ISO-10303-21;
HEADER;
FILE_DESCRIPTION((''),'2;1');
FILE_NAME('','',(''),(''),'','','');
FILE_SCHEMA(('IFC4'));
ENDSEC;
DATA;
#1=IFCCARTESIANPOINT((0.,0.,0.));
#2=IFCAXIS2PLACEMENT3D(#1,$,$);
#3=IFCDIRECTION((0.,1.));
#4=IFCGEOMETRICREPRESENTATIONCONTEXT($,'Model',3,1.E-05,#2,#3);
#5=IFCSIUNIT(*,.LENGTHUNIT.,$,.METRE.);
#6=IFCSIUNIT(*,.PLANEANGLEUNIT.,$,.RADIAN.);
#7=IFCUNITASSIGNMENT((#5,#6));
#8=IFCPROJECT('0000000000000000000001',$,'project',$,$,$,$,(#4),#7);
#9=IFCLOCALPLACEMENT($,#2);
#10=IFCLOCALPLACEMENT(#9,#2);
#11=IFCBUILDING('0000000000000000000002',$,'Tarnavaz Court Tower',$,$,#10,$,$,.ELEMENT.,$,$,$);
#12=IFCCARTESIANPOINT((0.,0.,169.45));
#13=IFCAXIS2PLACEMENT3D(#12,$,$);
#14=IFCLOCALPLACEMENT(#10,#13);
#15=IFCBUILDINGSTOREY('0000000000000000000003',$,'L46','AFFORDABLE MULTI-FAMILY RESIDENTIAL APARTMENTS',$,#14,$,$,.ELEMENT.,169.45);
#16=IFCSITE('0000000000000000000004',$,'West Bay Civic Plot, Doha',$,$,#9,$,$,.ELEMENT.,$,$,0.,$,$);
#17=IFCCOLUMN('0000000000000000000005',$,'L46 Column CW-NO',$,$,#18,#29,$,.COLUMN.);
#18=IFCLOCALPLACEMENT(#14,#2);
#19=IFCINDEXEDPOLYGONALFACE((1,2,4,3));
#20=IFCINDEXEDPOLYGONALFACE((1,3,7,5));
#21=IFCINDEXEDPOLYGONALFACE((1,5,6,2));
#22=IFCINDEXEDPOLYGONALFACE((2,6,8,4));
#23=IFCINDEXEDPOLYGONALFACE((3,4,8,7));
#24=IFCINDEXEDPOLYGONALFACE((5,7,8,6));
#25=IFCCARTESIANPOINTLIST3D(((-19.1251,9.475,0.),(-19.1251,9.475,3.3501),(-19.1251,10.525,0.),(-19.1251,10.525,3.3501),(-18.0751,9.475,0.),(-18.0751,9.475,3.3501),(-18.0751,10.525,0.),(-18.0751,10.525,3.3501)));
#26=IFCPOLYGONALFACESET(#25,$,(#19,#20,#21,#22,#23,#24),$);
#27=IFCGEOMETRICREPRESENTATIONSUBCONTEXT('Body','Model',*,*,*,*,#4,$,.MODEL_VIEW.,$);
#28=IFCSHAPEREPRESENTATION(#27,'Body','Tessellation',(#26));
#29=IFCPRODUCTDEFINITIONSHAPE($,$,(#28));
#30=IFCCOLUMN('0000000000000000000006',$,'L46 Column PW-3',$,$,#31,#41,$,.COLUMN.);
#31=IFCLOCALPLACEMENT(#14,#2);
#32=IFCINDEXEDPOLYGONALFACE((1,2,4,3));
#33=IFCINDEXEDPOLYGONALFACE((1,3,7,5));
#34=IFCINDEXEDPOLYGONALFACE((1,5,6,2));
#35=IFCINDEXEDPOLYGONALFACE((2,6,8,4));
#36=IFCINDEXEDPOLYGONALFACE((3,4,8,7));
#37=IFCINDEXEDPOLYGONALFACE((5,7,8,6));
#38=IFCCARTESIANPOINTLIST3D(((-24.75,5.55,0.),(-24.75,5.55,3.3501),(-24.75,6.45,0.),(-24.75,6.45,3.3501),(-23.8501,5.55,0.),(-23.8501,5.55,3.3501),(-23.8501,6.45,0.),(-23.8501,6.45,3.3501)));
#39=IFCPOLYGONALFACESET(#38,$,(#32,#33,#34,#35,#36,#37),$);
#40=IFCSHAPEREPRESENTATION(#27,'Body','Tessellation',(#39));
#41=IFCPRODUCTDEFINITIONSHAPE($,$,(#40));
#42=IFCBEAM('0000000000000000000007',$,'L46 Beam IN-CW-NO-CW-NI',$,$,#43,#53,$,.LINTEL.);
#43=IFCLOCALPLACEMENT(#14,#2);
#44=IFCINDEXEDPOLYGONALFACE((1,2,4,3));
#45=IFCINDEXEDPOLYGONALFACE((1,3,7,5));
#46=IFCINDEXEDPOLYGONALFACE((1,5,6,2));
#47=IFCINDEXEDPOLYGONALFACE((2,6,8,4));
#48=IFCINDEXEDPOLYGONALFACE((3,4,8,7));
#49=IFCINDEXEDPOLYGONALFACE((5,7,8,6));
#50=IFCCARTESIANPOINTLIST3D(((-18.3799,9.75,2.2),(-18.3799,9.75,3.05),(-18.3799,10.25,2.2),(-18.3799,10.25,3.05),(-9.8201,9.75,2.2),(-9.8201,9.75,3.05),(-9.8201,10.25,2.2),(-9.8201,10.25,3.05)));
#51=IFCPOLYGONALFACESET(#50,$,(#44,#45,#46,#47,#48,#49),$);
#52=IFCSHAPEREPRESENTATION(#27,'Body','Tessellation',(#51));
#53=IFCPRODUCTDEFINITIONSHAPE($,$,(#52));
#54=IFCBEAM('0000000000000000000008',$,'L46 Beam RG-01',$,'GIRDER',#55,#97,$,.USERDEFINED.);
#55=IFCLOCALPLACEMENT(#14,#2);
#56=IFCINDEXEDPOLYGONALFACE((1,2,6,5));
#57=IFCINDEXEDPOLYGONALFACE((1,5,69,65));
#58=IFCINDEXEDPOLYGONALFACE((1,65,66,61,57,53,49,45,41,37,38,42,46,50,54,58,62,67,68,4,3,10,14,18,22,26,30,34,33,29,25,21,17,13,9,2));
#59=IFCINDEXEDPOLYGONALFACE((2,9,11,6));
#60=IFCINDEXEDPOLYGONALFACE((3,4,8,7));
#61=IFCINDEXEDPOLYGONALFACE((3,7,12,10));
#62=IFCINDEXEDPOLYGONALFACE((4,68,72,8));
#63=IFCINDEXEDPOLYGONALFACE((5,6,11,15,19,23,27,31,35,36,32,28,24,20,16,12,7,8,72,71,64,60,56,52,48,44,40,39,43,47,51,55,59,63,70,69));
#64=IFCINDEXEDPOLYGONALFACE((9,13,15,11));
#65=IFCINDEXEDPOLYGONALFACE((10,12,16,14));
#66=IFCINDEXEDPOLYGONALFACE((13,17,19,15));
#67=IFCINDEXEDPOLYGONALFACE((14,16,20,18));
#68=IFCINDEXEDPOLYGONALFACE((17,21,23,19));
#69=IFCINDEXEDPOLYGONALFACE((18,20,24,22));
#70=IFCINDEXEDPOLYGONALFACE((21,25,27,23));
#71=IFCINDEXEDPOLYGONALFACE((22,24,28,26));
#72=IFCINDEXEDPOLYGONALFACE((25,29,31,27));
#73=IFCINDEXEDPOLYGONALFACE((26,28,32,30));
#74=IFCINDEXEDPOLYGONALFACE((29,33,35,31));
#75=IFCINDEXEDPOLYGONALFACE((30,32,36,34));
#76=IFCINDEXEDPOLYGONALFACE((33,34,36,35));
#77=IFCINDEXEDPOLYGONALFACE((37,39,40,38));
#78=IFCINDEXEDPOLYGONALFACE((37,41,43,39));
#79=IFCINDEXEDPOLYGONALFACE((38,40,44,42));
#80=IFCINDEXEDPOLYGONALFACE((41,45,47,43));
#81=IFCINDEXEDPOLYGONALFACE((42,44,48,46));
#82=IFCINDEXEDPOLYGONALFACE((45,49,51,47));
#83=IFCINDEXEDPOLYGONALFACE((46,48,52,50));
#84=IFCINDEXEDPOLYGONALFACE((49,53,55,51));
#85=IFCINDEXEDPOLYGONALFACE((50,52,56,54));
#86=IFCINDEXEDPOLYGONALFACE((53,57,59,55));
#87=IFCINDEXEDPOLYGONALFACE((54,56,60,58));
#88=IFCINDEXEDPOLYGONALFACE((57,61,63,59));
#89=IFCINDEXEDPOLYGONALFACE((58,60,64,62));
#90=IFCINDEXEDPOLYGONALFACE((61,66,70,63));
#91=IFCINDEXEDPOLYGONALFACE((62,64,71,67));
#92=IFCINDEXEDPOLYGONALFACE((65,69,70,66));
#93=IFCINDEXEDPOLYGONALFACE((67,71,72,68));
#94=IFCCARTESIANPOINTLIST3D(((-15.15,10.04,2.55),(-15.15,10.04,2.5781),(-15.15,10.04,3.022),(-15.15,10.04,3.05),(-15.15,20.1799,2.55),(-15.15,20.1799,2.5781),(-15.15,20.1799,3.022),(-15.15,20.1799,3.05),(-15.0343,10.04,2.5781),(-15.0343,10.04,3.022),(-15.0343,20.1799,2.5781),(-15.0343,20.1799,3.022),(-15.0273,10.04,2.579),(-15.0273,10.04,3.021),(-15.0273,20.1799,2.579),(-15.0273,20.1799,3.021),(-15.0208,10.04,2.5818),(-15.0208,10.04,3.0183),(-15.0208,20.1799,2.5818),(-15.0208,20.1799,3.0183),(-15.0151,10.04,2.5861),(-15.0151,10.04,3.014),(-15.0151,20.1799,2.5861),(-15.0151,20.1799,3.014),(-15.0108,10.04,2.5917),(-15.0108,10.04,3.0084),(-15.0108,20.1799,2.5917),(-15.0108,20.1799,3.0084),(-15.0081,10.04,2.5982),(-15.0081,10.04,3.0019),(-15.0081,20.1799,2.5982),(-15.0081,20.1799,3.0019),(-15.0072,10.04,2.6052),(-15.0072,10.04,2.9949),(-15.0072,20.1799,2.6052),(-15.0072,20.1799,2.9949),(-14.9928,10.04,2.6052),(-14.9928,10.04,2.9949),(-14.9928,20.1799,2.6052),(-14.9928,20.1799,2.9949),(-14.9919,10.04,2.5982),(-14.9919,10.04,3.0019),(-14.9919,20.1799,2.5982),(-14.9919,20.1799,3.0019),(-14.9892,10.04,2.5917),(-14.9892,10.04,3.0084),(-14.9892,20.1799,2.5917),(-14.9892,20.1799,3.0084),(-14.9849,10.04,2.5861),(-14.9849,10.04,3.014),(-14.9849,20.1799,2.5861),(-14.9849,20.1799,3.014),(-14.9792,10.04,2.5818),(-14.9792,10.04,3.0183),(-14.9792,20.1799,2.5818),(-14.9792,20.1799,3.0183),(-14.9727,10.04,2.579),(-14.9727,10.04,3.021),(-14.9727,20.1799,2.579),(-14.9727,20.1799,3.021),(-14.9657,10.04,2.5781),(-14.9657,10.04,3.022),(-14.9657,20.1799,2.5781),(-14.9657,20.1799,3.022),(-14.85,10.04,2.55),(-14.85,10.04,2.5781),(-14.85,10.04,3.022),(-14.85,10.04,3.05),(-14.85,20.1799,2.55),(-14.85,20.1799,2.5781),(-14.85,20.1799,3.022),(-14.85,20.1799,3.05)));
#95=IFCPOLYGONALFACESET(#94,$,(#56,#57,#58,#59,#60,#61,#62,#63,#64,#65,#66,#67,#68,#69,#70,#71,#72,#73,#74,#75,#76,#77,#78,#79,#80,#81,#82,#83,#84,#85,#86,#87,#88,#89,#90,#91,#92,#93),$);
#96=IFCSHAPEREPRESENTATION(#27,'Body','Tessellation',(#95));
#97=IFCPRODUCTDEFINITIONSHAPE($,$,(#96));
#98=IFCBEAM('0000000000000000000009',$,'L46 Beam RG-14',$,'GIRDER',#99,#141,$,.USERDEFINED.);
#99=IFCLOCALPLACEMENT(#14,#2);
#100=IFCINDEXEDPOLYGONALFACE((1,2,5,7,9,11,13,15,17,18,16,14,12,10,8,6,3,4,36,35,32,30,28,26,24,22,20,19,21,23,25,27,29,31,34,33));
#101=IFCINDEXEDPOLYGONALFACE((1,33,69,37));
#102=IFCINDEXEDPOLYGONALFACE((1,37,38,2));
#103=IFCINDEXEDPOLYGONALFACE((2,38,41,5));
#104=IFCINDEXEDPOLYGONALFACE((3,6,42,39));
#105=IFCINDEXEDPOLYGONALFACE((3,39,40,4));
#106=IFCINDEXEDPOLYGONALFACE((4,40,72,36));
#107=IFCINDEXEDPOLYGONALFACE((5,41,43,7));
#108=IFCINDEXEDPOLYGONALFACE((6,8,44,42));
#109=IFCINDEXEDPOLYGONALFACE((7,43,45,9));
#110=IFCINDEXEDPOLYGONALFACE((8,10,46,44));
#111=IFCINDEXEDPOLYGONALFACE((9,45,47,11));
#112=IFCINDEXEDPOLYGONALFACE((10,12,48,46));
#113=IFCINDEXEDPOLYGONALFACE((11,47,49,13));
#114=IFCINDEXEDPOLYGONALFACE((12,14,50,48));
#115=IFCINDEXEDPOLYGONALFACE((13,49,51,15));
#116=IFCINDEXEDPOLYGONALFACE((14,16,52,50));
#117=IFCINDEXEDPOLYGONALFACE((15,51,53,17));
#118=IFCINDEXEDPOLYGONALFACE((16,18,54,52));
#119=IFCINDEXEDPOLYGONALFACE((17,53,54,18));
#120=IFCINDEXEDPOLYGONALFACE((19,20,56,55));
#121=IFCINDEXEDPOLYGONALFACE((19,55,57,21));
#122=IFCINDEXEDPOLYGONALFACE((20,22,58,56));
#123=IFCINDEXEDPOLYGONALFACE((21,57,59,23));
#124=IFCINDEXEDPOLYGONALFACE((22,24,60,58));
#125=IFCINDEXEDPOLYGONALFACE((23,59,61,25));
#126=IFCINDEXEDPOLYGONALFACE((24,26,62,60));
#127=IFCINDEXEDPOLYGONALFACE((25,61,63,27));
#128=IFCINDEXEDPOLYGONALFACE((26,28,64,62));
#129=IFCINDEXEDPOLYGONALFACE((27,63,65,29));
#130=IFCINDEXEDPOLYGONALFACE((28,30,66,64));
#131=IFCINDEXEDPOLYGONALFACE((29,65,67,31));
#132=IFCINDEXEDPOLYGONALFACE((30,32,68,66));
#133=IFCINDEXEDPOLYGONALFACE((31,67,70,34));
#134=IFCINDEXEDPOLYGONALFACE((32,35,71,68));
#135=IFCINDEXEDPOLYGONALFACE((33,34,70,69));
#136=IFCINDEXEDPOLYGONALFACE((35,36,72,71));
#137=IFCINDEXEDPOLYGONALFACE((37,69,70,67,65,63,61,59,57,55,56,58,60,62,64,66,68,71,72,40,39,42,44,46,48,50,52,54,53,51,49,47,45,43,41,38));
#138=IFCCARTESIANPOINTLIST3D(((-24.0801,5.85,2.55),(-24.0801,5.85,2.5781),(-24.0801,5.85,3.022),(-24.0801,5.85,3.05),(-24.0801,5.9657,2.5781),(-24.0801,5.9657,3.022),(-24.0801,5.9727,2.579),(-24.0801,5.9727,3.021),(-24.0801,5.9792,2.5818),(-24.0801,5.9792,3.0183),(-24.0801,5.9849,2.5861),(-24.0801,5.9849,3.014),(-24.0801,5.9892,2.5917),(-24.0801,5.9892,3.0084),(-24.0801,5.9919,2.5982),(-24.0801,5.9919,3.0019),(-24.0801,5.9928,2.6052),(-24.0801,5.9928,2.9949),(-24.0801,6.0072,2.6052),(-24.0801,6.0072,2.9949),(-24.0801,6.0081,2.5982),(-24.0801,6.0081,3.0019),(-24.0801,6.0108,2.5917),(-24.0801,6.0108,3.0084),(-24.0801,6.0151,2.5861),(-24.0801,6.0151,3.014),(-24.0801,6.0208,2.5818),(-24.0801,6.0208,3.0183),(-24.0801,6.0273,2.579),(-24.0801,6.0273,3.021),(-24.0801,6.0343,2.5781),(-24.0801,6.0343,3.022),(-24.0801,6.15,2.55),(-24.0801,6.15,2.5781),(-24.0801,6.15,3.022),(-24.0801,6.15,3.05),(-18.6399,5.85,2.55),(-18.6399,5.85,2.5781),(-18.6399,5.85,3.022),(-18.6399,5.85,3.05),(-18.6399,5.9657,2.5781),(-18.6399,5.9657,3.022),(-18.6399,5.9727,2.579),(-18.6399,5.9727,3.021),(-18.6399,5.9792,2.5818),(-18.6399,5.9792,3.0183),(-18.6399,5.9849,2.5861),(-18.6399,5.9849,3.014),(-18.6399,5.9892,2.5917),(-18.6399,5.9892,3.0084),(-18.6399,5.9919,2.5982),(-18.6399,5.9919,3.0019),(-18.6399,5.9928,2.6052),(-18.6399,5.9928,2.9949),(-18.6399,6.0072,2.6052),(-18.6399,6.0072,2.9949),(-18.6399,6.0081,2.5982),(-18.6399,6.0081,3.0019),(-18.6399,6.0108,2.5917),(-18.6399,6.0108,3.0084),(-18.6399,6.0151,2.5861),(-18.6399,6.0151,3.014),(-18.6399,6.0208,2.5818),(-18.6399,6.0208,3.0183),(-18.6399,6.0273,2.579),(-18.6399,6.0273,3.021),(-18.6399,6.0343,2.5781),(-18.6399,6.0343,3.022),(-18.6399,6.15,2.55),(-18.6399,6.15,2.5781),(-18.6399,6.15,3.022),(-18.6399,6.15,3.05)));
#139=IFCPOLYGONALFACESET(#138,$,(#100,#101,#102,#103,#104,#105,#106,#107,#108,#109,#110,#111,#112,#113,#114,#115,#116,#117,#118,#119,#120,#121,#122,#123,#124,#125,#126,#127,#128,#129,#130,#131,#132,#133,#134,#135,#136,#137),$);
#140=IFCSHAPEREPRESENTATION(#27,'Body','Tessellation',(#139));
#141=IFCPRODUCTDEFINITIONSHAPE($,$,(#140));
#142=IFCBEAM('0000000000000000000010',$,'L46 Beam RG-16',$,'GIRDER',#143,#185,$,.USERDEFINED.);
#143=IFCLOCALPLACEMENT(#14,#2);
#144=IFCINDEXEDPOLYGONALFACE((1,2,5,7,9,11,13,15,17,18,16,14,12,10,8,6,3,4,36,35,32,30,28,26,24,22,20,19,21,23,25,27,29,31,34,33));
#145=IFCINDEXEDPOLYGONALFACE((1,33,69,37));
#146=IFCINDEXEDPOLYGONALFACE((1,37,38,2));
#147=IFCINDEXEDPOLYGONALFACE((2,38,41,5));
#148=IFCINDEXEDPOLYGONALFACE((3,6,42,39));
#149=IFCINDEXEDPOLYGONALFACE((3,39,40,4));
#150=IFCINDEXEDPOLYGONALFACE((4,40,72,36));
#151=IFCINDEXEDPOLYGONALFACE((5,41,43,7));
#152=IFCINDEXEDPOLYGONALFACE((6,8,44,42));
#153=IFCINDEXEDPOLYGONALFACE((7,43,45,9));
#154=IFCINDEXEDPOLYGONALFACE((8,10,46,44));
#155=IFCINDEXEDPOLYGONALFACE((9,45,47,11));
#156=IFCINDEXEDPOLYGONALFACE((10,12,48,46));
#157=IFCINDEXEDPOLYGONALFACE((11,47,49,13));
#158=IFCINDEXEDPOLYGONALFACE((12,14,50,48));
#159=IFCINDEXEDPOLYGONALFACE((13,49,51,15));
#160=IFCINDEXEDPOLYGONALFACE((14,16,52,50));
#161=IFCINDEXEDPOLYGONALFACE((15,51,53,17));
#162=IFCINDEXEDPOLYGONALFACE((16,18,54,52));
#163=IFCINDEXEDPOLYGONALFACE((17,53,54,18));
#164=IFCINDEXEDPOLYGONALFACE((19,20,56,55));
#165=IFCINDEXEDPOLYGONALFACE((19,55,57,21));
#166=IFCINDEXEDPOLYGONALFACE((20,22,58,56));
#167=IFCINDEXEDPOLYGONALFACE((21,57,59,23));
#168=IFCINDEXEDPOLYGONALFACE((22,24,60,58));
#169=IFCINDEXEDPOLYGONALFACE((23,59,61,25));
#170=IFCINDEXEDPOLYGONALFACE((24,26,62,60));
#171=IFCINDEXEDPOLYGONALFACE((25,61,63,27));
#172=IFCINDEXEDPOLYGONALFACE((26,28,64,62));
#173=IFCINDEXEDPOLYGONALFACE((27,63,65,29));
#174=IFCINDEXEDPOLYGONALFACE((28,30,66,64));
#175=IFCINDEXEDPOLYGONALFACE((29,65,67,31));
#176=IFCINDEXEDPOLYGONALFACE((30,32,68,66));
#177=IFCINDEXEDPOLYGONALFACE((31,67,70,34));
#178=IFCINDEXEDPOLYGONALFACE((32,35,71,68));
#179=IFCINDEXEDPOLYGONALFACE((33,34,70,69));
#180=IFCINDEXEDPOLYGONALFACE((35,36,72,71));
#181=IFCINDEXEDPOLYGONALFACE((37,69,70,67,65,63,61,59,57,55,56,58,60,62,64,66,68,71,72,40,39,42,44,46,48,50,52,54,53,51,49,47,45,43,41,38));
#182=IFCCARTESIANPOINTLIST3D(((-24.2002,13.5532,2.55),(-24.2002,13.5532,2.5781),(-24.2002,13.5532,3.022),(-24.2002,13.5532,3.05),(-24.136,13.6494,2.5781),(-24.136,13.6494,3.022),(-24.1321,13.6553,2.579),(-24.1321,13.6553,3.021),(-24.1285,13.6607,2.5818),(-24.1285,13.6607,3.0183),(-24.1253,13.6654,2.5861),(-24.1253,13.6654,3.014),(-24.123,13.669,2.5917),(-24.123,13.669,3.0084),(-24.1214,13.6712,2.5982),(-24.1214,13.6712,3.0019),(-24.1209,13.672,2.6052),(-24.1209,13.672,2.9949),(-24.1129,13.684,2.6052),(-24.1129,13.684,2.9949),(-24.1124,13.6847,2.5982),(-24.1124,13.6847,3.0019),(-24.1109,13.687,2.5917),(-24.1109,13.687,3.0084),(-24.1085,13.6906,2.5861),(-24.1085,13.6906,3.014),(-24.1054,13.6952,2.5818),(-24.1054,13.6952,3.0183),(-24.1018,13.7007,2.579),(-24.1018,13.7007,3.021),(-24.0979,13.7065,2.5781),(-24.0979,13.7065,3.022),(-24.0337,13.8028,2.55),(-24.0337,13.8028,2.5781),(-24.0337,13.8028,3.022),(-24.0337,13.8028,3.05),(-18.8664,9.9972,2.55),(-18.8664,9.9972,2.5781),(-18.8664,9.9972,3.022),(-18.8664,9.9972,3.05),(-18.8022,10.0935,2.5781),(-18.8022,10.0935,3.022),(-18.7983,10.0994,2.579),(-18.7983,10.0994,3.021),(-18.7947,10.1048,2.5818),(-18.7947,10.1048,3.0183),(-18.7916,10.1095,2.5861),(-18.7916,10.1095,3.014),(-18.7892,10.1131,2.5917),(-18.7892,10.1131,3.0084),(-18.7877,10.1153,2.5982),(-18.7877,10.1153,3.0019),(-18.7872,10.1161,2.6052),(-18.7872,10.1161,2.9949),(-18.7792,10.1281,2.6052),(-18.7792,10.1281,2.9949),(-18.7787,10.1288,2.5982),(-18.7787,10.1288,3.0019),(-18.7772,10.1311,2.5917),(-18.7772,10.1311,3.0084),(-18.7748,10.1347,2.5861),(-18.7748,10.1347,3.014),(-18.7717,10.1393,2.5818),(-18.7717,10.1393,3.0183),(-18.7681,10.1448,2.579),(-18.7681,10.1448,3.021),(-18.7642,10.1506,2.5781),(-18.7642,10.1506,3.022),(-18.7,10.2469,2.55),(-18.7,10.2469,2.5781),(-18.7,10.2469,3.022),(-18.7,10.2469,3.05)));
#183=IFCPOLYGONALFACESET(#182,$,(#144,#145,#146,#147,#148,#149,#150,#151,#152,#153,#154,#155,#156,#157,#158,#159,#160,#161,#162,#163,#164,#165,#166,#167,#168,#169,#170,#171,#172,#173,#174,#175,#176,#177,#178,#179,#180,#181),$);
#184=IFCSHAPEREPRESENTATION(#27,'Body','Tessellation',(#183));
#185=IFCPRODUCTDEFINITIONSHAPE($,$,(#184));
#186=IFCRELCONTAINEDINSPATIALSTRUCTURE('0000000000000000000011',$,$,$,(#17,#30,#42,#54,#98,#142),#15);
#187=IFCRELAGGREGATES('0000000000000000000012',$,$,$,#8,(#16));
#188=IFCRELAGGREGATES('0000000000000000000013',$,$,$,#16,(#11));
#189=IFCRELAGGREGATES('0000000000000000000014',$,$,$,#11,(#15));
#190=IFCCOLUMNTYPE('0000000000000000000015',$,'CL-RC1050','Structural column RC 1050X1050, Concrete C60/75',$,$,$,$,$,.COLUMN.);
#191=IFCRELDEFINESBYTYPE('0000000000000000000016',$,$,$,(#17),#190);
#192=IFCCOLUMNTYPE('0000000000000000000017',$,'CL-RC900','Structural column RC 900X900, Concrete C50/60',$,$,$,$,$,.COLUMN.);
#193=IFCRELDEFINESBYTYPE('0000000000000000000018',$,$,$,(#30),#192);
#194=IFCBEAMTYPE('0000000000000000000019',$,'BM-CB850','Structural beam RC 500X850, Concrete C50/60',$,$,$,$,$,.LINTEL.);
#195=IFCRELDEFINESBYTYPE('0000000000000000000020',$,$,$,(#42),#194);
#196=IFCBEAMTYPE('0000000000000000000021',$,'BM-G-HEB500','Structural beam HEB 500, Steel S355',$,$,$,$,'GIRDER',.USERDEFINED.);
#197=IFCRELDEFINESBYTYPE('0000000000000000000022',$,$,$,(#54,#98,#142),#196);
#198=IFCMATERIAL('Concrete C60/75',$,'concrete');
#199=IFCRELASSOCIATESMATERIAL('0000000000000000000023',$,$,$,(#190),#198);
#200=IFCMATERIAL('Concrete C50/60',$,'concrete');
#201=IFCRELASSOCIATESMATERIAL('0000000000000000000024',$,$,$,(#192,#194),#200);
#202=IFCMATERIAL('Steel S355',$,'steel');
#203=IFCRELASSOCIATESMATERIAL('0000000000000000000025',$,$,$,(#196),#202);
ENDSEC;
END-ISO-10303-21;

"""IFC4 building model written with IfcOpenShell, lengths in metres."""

from ifc_helpers import new_model, si_unit, direction, frame, origin, origin_2d, place, context, subcontext, project, spatial, rectangle, i_section, extrude, material, material_profile, profile_set, type_object, element, save


model = new_model("IFC4")

# Units and contexts
model_context = context("Model", 3, precision=1e-05, world=origin(), true_north=direction((0.0, 1.0)))
body_context = subcontext(model_context, "Body", "Model", "MODEL_VIEW")
ifc_project = project(units=[si_unit("LENGTHUNIT", "METRE"), si_unit("PLANEANGLEUNIT", "RADIAN")], contexts=[model_context])

# Site, building, storey
site_placement = place(None, origin())
site = spatial("IfcSite", under=ifc_project, at=site_placement, Name="West Bay Civic Plot, Doha", CompositionType="ELEMENT", RefElevation=0.0)
building_placement = place(site_placement, origin())
building = spatial("IfcBuilding", under=site, at=building_placement, Name="Tarnavaz Court Tower", CompositionType="ELEMENT")
storey_placement = place(building_placement, frame((0.0, 0.0, 169.45)))
storey = spatial("IfcBuildingStorey", under=building, at=storey_placement, Name="L46", Description="AFFORDABLE MULTI-FAMILY RESIDENTIAL APARTMENTS", CompositionType="ELEMENT", Elevation=169.45)

# Columns
ifc_material_1 = material(Name="Concrete C60/75", Category="concrete")
ifc_material_profile_1 = material_profile(ifc_material_1, rectangle(XDim=1.05, YDim=1.05, at=origin_2d()), Name="RC 1050X1050")
ifc_profile_set_1 = profile_set([ifc_material_profile_1], Name="Concrete C60/75")
column_type_1 = type_object("IfcColumnType", Name="CL-RC1050", Description="Structural column RC 1050X1050, Concrete C60/75", PredefinedType="COLUMN", material=ifc_profile_set_1)
column_1_placement = place(storey_placement, frame((-18.6001, 10.0, 0.0), z_axis=(0.0, 0.0, 1.0), x_axis=(1.0, 0.0, 0.0)))
element("IfcColumn", 1, at=column_1_placement, inside=storey, type_object=column_type_1, Name="L46 Column CW-NO", PredefinedType="COLUMN", context=body_context, shape_type="SweptSolid", body=[
    extrude(rectangle(XDim=1.05, YDim=1.05, at=origin_2d()), origin(), (0.0, 0.0, 1.0), 3.3501),
])
ifc_material_2 = material(Name="Concrete C50/60", Category="concrete")
ifc_material_profile_2 = material_profile(ifc_material_2, rectangle(XDim=0.8999, YDim=0.8999, at=origin_2d()), Name="RC 900X900")
ifc_profile_set_2 = profile_set([ifc_material_profile_2], Name="Concrete C50/60")
column_type_2 = type_object("IfcColumnType", Name="CL-RC900", Description="Structural column RC 900X900, Concrete C50/60", PredefinedType="COLUMN", material=ifc_profile_set_2)
column_2_placement = place(storey_placement, frame((-24.3, 6.0, 0.0), z_axis=(0.0, 0.0, 1.0), x_axis=(1.0, 0.0, 0.0)))
element("IfcColumn", 2, at=column_2_placement, inside=storey, type_object=column_type_2, Name="L46 Column PW-3", PredefinedType="COLUMN", context=body_context, shape_type="SweptSolid", body=[
    extrude(rectangle(XDim=0.8999, YDim=0.8999, at=origin_2d()), origin(), (0.0, 0.0, 1.0), 3.3501),
])

# Beams
ifc_material_profile_3 = material_profile(ifc_material_2, rectangle(XDim=0.5, YDim=0.8501, at=origin_2d()), Name="RC 500X850")
ifc_profile_set_3 = profile_set([ifc_material_profile_3], Name="Concrete C50/60")
beam_type_1 = type_object("IfcBeamType", Name="BM-CB850", Description="Structural beam RC 500X850, Concrete C50/60", PredefinedType="LINTEL", material=ifc_profile_set_3)
beam_1_placement = place(storey_placement, frame((-18.3799, 10.0, 2.625), z_axis=(1.0, 0.0, 0.0), x_axis=(0.0, 1.0, 0.0)))
element("IfcBeam", 3, at=beam_1_placement, inside=storey, type_object=beam_type_1, Name="L46 Beam IN-CW-NO-CW-NI", PredefinedType="LINTEL", context=body_context, shape_type="SweptSolid", body=[
    extrude(rectangle(XDim=0.5, YDim=0.8501, at=origin_2d()), origin(), (0.0, 0.0, 1.0), 8.5598),
])
ifc_material_3 = material(Name="Steel S355", Category="steel")
ifc_material_profile_4 = material_profile(ifc_material_3, i_section(OverallWidth=0.3, OverallDepth=0.5, WebThickness=0.0144, FlangeThickness=0.0281, FilletRadius=0.0271, at=origin_2d()), Name="HEB 500")
ifc_profile_set_4 = profile_set([ifc_material_profile_4], Name="Steel S355")
beam_type_2 = type_object("IfcBeamType", Name="BM-G-HEB500", Description="Structural beam HEB 500, Steel S355", ElementType="GIRDER", PredefinedType="USERDEFINED", material=ifc_profile_set_4)
beam_2_placement = place(storey_placement, frame((-15.0, 10.04, 2.8), z_axis=(0.0, 1.0, 0.0), x_axis=(-1.0, 0.0, 0.0)))
element("IfcBeam", 4, at=beam_2_placement, inside=storey, type_object=beam_type_2, Name="L46 Beam RG-01", ObjectType="GIRDER", PredefinedType="USERDEFINED", context=body_context, shape_type="SweptSolid", body=[
    extrude(i_section(OverallWidth=0.3, OverallDepth=0.5, WebThickness=0.0144, FlangeThickness=0.0281, FilletRadius=0.0271, at=origin_2d()), origin(), (0.0, 0.0, 1.0), 10.1399),
])
beam_3_placement = place(storey_placement, frame((-18.6399, 6.0, 2.8), z_axis=(-1.0, 0.0, 0.0), x_axis=(0.0, -1.0, 0.0)))
element("IfcBeam", 5, at=beam_3_placement, inside=storey, type_object=beam_type_2, Name="L46 Beam RG-14", ObjectType="GIRDER", PredefinedType="USERDEFINED", context=body_context, shape_type="SweptSolid", body=[
    extrude(i_section(OverallWidth=0.3, OverallDepth=0.5, WebThickness=0.0144, FlangeThickness=0.0281, FilletRadius=0.0271, at=origin_2d()), origin(), (0.0, 0.0, 1.0), 5.4402),
])
beam_4_placement = place(storey_placement, frame((-18.7832, 10.1221, 2.8), z_axis=(-0.832044, 0.554709, 0.0), x_axis=(-0.554709, -0.832044, 0.0)))
element("IfcBeam", 6, at=beam_4_placement, inside=storey, type_object=beam_type_2, Name="L46 Beam RG-16", ObjectType="GIRDER", PredefinedType="USERDEFINED", context=body_context, shape_type="SweptSolid", body=[
    extrude(i_section(OverallWidth=0.3, OverallDepth=0.5, WebThickness=0.0144, FlangeThickness=0.0281, FilletRadius=0.0271, at=origin_2d()), origin(), (0.0, 0.0, 1.0), 6.4104),
])

save(model, "model.ifc")
